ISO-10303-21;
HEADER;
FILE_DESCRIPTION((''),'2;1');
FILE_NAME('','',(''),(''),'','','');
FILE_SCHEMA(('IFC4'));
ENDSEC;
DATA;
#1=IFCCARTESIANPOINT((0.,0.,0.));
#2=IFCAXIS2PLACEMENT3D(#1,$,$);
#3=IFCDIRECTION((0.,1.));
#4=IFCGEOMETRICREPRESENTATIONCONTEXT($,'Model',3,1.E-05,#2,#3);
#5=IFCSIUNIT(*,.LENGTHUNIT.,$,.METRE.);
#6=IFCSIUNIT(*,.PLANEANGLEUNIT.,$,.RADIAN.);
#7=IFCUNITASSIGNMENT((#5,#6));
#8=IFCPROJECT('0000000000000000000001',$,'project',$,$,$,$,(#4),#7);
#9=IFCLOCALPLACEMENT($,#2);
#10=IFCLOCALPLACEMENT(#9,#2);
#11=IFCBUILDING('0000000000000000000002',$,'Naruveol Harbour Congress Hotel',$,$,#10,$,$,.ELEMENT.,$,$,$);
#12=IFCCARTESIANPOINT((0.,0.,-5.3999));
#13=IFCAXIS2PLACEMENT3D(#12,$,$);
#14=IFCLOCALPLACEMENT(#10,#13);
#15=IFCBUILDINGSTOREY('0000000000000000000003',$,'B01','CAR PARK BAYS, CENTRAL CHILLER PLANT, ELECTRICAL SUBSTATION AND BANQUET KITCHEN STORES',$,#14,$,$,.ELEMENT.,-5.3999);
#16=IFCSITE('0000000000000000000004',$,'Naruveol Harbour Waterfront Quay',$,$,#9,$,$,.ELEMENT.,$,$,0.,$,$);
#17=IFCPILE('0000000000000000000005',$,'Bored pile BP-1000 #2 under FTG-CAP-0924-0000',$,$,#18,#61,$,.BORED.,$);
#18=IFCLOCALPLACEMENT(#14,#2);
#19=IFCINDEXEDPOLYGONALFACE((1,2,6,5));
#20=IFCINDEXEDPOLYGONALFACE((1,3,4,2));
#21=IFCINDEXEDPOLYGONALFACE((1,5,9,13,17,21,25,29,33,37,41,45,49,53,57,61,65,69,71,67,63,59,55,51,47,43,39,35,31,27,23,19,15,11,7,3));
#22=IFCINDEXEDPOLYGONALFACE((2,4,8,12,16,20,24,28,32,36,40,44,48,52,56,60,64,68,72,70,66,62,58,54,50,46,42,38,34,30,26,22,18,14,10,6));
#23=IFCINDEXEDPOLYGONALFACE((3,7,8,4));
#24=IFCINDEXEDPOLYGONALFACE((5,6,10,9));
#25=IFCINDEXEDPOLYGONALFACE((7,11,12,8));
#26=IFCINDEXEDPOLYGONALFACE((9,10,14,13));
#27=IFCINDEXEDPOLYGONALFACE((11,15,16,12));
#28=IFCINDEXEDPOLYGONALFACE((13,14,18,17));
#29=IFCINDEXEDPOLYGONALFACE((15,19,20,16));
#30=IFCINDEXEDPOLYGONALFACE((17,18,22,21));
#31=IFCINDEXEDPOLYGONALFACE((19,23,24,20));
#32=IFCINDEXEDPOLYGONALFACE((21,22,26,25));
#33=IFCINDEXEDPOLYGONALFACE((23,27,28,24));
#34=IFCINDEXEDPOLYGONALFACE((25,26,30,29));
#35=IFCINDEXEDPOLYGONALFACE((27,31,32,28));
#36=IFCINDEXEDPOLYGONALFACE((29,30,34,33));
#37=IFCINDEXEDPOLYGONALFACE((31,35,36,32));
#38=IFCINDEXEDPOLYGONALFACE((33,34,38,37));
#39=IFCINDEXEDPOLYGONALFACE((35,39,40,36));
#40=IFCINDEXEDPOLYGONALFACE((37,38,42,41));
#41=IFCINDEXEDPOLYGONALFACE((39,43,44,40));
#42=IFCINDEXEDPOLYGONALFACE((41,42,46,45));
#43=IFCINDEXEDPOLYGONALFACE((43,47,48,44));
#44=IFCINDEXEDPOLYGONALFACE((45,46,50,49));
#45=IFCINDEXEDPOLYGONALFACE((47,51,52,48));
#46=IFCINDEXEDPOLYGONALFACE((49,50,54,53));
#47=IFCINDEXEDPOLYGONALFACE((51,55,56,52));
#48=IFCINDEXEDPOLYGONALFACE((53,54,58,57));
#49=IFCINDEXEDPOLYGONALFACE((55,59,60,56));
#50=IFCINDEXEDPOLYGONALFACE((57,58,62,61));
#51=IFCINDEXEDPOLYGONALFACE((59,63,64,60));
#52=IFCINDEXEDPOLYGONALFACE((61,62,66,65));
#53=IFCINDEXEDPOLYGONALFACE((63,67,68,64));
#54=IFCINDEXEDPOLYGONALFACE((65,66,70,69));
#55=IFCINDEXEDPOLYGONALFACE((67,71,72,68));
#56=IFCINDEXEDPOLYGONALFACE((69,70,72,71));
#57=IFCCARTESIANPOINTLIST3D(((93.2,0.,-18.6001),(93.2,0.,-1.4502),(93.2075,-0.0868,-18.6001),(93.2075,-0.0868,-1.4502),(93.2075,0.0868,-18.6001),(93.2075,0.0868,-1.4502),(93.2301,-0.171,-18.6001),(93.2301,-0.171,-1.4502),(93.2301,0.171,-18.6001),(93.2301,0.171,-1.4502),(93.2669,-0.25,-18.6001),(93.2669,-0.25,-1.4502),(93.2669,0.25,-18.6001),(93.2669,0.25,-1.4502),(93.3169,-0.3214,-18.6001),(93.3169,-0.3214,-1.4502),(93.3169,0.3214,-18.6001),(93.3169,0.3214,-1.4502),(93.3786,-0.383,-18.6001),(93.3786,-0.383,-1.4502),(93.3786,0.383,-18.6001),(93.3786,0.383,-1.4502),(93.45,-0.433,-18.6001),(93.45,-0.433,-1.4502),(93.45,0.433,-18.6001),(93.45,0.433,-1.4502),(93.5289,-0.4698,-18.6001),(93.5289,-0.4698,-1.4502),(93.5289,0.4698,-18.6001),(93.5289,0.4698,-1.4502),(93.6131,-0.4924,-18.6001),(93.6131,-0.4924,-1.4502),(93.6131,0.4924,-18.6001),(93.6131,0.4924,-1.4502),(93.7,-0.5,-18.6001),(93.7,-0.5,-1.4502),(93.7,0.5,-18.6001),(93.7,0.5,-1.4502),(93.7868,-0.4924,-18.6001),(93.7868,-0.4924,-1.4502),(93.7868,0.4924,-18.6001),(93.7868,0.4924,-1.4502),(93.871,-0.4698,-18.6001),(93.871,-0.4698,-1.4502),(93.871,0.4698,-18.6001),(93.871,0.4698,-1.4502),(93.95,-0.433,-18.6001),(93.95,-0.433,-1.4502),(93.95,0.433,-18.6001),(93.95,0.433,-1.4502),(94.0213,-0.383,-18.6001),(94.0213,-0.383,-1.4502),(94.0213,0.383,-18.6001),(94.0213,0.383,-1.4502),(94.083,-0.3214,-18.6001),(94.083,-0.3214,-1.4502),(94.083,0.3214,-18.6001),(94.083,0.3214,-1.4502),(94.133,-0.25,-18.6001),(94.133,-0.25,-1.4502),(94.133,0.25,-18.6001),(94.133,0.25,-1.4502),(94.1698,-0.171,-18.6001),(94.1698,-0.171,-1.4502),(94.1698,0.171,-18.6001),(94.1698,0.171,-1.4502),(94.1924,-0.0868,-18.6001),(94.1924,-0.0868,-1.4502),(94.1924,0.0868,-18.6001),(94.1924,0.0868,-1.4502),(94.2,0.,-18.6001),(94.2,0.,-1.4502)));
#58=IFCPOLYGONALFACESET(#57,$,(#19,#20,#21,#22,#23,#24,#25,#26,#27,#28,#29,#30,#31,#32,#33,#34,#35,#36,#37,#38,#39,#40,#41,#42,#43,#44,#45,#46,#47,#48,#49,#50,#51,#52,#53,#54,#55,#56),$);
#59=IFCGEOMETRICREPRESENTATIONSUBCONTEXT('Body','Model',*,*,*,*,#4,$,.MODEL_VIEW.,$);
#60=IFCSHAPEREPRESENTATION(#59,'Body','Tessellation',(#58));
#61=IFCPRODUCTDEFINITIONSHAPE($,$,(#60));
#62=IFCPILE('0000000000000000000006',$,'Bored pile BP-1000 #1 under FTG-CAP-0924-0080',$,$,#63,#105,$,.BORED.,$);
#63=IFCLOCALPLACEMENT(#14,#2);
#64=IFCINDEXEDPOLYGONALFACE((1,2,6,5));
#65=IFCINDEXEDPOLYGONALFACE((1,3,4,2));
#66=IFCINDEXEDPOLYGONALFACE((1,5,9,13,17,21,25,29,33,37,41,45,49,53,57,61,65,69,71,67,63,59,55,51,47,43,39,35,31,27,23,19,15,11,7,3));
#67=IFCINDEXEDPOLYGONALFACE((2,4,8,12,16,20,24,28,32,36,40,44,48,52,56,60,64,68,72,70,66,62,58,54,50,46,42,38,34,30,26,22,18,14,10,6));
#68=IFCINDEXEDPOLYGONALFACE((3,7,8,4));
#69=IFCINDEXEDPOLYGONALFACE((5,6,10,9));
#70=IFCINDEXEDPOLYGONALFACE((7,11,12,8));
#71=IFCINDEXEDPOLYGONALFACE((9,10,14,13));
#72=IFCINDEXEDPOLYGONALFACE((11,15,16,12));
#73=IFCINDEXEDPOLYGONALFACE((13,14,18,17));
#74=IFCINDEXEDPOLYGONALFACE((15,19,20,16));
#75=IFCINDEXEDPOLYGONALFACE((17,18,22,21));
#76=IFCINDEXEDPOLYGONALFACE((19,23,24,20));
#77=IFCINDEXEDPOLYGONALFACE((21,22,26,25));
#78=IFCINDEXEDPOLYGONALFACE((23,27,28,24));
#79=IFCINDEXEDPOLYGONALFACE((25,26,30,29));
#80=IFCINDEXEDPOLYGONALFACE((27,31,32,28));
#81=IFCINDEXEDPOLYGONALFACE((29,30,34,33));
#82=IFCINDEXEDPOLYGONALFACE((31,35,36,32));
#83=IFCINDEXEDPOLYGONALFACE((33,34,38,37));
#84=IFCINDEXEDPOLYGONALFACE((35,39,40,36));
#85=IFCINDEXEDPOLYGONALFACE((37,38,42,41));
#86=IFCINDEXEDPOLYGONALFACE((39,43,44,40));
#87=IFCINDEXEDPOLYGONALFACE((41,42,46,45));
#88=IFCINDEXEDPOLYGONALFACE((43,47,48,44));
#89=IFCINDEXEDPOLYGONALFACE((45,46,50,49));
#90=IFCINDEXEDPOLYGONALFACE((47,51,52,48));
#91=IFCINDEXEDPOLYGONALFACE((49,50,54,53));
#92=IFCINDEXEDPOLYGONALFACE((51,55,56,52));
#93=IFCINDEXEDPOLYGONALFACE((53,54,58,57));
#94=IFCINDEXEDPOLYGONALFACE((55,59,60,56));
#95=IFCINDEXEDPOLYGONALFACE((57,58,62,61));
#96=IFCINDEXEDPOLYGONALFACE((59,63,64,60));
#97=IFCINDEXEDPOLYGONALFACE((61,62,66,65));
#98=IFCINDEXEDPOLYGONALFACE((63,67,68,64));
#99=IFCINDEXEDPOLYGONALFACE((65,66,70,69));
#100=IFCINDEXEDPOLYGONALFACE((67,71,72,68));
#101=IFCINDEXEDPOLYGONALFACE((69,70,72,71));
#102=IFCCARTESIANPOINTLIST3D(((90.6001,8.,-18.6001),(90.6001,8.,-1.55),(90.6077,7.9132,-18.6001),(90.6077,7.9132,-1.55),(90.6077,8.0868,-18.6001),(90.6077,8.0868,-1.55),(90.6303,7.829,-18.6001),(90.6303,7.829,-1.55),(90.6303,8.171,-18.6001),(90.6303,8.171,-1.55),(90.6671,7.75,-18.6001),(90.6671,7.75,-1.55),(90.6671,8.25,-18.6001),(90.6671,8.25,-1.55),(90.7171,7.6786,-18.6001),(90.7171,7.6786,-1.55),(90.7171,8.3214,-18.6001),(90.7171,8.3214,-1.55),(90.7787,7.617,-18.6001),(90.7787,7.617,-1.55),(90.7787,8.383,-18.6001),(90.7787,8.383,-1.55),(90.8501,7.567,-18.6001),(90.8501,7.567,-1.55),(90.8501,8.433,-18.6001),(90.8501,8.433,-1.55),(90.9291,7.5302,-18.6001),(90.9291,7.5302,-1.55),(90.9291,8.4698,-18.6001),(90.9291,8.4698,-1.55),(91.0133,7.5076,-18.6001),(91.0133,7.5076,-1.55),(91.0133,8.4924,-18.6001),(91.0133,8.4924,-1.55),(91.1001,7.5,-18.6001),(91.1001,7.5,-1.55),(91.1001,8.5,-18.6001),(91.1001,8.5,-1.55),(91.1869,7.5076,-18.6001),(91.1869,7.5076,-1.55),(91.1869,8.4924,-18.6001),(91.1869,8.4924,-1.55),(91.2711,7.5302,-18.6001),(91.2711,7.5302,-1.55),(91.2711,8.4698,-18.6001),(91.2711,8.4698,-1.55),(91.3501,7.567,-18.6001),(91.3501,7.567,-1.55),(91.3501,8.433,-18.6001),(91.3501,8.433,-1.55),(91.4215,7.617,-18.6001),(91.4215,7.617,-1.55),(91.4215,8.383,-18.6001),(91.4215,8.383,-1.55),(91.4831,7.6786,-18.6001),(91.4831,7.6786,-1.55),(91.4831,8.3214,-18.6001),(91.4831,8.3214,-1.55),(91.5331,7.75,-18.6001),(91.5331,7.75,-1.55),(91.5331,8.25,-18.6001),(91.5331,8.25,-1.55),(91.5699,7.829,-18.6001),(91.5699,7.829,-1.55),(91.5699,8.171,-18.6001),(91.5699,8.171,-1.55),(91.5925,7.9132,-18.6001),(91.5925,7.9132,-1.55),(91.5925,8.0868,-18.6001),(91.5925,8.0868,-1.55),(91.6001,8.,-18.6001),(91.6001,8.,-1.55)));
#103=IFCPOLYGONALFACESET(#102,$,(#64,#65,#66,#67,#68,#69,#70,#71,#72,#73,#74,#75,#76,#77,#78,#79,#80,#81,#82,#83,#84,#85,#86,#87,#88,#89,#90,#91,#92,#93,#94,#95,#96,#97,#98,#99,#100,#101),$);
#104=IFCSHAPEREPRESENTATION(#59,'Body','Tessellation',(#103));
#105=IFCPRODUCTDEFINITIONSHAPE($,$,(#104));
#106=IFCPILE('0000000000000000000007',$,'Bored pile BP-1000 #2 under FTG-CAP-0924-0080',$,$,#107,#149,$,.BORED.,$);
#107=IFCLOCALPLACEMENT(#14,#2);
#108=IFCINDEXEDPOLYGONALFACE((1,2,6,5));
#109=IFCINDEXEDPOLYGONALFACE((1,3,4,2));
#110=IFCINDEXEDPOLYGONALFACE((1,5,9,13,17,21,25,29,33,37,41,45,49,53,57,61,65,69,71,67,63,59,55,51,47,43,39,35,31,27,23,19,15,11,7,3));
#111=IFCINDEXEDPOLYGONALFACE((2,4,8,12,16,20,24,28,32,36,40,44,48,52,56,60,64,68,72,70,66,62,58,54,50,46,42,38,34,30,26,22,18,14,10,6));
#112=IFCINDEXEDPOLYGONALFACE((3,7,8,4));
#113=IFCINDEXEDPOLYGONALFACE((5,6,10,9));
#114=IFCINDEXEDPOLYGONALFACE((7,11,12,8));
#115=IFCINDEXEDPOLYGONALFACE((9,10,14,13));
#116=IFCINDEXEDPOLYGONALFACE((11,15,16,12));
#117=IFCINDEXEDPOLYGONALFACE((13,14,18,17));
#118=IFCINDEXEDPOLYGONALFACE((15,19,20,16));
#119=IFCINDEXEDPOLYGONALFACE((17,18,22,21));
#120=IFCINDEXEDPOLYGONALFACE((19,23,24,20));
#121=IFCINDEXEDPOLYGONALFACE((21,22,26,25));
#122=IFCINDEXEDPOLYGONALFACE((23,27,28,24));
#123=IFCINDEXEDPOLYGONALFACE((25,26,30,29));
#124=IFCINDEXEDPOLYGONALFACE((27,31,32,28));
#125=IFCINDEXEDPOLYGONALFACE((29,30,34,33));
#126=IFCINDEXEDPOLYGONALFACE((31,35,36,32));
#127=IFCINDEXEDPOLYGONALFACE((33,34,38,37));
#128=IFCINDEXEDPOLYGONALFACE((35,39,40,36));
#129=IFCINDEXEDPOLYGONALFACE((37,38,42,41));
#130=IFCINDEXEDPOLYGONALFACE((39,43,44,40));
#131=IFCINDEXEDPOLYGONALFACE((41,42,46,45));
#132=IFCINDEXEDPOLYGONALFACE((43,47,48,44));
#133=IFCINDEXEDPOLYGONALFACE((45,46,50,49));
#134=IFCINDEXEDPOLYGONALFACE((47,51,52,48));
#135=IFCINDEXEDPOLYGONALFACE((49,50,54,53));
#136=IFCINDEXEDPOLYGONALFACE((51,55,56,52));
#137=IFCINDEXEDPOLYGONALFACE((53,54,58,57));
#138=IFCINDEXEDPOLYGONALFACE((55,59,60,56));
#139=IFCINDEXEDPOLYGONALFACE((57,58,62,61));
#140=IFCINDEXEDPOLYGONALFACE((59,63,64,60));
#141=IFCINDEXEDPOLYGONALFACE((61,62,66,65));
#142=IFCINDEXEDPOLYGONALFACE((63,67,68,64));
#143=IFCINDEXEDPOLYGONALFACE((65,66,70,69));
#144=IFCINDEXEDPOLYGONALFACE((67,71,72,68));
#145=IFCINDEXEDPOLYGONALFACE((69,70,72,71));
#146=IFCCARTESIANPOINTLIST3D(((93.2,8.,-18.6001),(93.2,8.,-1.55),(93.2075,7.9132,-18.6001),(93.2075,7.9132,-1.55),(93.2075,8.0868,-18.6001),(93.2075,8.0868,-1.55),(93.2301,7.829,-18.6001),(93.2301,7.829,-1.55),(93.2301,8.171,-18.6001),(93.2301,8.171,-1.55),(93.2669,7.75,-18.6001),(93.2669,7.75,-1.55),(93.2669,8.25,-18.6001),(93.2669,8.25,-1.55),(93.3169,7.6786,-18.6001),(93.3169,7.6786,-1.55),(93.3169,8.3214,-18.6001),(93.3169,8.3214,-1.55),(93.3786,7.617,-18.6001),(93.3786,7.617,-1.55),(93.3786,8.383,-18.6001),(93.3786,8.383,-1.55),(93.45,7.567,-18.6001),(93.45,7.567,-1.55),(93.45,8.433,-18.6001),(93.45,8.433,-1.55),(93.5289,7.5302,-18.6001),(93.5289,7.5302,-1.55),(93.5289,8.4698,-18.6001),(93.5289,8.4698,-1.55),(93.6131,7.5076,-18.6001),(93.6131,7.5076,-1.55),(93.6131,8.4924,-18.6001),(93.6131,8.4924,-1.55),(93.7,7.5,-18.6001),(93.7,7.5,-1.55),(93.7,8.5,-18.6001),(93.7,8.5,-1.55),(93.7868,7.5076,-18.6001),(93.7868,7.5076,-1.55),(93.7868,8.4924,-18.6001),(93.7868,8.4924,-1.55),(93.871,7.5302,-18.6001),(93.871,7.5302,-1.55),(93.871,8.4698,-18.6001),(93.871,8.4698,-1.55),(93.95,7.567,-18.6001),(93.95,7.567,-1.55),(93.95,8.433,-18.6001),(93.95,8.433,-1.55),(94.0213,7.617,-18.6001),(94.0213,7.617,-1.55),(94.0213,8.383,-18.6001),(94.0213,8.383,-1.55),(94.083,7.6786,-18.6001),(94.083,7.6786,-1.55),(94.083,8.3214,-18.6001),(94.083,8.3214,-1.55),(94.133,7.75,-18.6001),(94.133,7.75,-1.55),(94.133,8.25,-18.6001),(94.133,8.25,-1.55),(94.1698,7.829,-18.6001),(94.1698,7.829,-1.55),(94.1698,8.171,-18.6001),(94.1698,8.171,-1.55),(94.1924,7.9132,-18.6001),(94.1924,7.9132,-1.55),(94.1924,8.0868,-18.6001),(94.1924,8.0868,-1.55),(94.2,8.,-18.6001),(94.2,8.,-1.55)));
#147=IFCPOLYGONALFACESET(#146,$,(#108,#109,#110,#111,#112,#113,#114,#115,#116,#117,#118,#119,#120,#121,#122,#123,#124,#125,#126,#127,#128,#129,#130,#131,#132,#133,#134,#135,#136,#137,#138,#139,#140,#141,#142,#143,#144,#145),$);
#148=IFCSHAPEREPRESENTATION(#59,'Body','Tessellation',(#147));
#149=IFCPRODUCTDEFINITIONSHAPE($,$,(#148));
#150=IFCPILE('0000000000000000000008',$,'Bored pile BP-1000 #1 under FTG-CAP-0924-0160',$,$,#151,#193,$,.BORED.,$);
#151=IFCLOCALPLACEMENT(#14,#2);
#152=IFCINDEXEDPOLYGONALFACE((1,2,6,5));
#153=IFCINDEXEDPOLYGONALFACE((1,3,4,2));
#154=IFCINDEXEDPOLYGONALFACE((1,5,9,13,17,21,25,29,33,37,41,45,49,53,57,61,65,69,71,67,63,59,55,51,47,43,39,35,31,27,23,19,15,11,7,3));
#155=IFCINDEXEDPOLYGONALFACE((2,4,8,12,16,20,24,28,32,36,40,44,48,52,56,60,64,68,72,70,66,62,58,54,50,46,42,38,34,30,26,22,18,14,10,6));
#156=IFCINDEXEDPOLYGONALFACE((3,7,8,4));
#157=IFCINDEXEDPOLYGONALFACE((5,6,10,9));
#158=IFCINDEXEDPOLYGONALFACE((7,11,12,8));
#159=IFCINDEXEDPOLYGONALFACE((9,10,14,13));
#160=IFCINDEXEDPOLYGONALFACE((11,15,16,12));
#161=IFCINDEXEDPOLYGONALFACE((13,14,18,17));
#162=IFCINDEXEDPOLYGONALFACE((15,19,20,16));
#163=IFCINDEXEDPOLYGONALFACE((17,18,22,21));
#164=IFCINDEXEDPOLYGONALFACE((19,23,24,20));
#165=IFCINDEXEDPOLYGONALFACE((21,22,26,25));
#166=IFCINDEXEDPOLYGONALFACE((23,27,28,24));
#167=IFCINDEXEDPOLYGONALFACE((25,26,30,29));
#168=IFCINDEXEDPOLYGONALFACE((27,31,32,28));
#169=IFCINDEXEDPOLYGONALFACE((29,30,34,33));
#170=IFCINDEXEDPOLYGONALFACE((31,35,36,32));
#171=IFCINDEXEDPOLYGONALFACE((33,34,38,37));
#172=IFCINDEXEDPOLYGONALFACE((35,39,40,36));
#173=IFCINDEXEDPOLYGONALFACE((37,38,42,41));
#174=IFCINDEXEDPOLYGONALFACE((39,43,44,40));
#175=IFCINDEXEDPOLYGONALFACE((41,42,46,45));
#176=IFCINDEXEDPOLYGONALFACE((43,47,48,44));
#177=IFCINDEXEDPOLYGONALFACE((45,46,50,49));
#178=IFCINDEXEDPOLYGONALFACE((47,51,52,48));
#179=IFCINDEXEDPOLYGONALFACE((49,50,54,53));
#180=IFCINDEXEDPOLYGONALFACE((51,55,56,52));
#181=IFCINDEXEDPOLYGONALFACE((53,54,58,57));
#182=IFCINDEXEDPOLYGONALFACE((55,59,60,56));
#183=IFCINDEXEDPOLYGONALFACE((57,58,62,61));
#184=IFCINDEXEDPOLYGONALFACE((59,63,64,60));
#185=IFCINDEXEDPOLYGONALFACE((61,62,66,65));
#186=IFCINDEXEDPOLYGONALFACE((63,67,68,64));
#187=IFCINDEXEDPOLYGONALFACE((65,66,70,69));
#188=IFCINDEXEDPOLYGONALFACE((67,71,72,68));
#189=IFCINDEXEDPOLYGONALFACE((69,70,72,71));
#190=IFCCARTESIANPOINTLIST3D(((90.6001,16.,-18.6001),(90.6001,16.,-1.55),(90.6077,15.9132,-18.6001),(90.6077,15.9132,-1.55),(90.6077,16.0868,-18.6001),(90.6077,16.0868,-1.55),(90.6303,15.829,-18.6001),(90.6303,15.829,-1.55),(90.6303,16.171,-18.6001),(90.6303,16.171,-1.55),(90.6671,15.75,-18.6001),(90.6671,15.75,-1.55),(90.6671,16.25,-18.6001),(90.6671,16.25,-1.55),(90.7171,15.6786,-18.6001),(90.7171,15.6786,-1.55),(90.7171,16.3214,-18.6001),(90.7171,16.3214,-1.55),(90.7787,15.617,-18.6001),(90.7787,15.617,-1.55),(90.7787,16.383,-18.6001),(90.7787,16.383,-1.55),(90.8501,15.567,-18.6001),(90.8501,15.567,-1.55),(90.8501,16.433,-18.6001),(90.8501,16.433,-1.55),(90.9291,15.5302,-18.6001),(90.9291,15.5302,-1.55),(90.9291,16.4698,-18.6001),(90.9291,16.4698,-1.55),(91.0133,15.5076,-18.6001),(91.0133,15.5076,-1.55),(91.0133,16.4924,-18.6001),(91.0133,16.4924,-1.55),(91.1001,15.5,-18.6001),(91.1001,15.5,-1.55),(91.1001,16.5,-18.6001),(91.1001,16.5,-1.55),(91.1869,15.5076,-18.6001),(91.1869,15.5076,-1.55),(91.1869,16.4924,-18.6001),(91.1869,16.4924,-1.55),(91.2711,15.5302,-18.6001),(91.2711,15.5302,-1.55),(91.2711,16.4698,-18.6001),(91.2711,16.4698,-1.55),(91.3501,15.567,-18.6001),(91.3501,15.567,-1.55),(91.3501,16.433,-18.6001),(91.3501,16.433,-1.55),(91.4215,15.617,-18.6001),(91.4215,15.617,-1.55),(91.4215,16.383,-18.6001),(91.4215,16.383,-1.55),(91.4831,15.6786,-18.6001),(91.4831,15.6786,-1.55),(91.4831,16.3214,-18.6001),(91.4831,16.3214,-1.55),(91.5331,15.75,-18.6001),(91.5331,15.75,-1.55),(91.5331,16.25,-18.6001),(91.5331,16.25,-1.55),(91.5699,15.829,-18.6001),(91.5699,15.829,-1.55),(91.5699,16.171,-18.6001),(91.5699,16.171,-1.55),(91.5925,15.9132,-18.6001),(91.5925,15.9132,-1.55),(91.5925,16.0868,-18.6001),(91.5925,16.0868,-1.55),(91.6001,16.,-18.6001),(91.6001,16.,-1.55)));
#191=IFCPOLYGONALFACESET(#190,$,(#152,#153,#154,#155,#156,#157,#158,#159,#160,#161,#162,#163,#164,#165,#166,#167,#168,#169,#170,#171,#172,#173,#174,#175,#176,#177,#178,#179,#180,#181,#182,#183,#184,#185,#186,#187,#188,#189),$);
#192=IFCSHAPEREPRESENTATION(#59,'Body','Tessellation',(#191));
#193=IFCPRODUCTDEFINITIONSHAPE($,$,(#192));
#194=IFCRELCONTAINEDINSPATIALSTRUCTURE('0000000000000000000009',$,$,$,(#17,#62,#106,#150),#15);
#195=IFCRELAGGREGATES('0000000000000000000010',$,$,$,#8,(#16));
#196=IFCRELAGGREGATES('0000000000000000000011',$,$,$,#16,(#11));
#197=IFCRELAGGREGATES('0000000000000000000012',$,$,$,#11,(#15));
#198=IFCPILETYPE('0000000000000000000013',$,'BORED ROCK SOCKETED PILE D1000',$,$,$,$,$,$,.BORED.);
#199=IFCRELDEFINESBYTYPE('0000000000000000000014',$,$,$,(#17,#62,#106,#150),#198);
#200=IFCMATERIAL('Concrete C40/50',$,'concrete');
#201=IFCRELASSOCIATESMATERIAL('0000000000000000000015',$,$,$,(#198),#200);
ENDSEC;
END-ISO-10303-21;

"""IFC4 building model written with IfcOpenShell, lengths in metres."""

from ifc_helpers import new_model, si_unit, direction, frame, origin, origin_2d, place, context, subcontext, project, spatial, circle, extrude, material, material_profile, profile_set, type_object, element, save


model = new_model("IFC4")

# Units and contexts
model_context = context("Model", 3, precision=1e-05, world=origin(), true_north=direction((0.0, 1.0)))
body_context = subcontext(model_context, "Body", "Model", "MODEL_VIEW")
ifc_project = project(units=[si_unit("LENGTHUNIT", "METRE"), si_unit("PLANEANGLEUNIT", "RADIAN")], contexts=[model_context])

# Site, building, storey
site_placement = place(None, origin())
site = spatial("IfcSite", under=ifc_project, at=site_placement, Name="Naruveol Harbour Waterfront Quay", CompositionType="ELEMENT", RefElevation=0.0)
building_placement = place(site_placement, origin())
building = spatial("IfcBuilding", under=site, at=building_placement, Name="Naruveol Harbour Congress Hotel", CompositionType="ELEMENT")
storey_placement = place(building_placement, frame((0.0, 0.0, -5.3999)))
storey = spatial("IfcBuildingStorey", under=building, at=storey_placement, Name="B01", Description="CAR PARK BAYS, CENTRAL CHILLER PLANT, ELECTRICAL SUBSTATION AND BANQUET KITCHEN STORES", CompositionType="ELEMENT", Elevation=-5.3999)

# Piles
ifc_material_1 = material(Name="Concrete C40/50", Category="concrete")
ifc_material_profile_1 = material_profile(ifc_material_1, circle(Radius=0.5, at=origin_2d()), Name="BP-1000")
ifc_profile_set_1 = profile_set([ifc_material_profile_1], Name="Concrete C40/50")
pile_type = type_object("IfcPileType", Name="BORED ROCK SOCKETED PILE D1000", PredefinedType="BORED", material=ifc_profile_set_1)
for number, where, z_axis, x_axis, name in (
    (1, (93.7, 0.0, -1.4502), (0.0, 0.0, -1.0), (1.0, 0.0, 0.0), "Bored pile BP-1000 #2 under FTG-CAP-0924-0000"),
):
    element("IfcPile", number, at=place(storey_placement, frame(where, z_axis=z_axis, x_axis=x_axis)), inside=storey, type_object=pile_type, Name=name, PredefinedType="BORED", context=body_context, shape_type="SweptSolid", body=[
        extrude(circle(Radius=0.5, at=origin_2d()), origin(), (0.0, 0.0, 1.0), 17.1499),
    ])
for number, where, z_axis, x_axis, name in (
    (2, (91.1001, 8.0, -1.55), (0.0, 0.0, -1.0), (1.0, 0.0, 0.0), "Bored pile BP-1000 #1 under FTG-CAP-0924-0080"),
    (3, (93.7, 8.0, -1.55), (0.0, 0.0, -1.0), (1.0, 0.0, 0.0), "Bored pile BP-1000 #2 under FTG-CAP-0924-0080"),
    (4, (91.1001, 16.0, -1.55), (0.0, 0.0, -1.0), (1.0, 0.0, 0.0), "Bored pile BP-1000 #1 under FTG-CAP-0924-0160"),
):
    element("IfcPile", number, at=place(storey_placement, frame(where, z_axis=z_axis, x_axis=x_axis)), inside=storey, type_object=pile_type, Name=name, PredefinedType="BORED", context=body_context, shape_type="SweptSolid", body=[
        extrude(circle(Radius=0.5, at=origin_2d()), origin(), (0.0, 0.0, 1.0), 17.05),
    ])

save(model, "model.ifc")
